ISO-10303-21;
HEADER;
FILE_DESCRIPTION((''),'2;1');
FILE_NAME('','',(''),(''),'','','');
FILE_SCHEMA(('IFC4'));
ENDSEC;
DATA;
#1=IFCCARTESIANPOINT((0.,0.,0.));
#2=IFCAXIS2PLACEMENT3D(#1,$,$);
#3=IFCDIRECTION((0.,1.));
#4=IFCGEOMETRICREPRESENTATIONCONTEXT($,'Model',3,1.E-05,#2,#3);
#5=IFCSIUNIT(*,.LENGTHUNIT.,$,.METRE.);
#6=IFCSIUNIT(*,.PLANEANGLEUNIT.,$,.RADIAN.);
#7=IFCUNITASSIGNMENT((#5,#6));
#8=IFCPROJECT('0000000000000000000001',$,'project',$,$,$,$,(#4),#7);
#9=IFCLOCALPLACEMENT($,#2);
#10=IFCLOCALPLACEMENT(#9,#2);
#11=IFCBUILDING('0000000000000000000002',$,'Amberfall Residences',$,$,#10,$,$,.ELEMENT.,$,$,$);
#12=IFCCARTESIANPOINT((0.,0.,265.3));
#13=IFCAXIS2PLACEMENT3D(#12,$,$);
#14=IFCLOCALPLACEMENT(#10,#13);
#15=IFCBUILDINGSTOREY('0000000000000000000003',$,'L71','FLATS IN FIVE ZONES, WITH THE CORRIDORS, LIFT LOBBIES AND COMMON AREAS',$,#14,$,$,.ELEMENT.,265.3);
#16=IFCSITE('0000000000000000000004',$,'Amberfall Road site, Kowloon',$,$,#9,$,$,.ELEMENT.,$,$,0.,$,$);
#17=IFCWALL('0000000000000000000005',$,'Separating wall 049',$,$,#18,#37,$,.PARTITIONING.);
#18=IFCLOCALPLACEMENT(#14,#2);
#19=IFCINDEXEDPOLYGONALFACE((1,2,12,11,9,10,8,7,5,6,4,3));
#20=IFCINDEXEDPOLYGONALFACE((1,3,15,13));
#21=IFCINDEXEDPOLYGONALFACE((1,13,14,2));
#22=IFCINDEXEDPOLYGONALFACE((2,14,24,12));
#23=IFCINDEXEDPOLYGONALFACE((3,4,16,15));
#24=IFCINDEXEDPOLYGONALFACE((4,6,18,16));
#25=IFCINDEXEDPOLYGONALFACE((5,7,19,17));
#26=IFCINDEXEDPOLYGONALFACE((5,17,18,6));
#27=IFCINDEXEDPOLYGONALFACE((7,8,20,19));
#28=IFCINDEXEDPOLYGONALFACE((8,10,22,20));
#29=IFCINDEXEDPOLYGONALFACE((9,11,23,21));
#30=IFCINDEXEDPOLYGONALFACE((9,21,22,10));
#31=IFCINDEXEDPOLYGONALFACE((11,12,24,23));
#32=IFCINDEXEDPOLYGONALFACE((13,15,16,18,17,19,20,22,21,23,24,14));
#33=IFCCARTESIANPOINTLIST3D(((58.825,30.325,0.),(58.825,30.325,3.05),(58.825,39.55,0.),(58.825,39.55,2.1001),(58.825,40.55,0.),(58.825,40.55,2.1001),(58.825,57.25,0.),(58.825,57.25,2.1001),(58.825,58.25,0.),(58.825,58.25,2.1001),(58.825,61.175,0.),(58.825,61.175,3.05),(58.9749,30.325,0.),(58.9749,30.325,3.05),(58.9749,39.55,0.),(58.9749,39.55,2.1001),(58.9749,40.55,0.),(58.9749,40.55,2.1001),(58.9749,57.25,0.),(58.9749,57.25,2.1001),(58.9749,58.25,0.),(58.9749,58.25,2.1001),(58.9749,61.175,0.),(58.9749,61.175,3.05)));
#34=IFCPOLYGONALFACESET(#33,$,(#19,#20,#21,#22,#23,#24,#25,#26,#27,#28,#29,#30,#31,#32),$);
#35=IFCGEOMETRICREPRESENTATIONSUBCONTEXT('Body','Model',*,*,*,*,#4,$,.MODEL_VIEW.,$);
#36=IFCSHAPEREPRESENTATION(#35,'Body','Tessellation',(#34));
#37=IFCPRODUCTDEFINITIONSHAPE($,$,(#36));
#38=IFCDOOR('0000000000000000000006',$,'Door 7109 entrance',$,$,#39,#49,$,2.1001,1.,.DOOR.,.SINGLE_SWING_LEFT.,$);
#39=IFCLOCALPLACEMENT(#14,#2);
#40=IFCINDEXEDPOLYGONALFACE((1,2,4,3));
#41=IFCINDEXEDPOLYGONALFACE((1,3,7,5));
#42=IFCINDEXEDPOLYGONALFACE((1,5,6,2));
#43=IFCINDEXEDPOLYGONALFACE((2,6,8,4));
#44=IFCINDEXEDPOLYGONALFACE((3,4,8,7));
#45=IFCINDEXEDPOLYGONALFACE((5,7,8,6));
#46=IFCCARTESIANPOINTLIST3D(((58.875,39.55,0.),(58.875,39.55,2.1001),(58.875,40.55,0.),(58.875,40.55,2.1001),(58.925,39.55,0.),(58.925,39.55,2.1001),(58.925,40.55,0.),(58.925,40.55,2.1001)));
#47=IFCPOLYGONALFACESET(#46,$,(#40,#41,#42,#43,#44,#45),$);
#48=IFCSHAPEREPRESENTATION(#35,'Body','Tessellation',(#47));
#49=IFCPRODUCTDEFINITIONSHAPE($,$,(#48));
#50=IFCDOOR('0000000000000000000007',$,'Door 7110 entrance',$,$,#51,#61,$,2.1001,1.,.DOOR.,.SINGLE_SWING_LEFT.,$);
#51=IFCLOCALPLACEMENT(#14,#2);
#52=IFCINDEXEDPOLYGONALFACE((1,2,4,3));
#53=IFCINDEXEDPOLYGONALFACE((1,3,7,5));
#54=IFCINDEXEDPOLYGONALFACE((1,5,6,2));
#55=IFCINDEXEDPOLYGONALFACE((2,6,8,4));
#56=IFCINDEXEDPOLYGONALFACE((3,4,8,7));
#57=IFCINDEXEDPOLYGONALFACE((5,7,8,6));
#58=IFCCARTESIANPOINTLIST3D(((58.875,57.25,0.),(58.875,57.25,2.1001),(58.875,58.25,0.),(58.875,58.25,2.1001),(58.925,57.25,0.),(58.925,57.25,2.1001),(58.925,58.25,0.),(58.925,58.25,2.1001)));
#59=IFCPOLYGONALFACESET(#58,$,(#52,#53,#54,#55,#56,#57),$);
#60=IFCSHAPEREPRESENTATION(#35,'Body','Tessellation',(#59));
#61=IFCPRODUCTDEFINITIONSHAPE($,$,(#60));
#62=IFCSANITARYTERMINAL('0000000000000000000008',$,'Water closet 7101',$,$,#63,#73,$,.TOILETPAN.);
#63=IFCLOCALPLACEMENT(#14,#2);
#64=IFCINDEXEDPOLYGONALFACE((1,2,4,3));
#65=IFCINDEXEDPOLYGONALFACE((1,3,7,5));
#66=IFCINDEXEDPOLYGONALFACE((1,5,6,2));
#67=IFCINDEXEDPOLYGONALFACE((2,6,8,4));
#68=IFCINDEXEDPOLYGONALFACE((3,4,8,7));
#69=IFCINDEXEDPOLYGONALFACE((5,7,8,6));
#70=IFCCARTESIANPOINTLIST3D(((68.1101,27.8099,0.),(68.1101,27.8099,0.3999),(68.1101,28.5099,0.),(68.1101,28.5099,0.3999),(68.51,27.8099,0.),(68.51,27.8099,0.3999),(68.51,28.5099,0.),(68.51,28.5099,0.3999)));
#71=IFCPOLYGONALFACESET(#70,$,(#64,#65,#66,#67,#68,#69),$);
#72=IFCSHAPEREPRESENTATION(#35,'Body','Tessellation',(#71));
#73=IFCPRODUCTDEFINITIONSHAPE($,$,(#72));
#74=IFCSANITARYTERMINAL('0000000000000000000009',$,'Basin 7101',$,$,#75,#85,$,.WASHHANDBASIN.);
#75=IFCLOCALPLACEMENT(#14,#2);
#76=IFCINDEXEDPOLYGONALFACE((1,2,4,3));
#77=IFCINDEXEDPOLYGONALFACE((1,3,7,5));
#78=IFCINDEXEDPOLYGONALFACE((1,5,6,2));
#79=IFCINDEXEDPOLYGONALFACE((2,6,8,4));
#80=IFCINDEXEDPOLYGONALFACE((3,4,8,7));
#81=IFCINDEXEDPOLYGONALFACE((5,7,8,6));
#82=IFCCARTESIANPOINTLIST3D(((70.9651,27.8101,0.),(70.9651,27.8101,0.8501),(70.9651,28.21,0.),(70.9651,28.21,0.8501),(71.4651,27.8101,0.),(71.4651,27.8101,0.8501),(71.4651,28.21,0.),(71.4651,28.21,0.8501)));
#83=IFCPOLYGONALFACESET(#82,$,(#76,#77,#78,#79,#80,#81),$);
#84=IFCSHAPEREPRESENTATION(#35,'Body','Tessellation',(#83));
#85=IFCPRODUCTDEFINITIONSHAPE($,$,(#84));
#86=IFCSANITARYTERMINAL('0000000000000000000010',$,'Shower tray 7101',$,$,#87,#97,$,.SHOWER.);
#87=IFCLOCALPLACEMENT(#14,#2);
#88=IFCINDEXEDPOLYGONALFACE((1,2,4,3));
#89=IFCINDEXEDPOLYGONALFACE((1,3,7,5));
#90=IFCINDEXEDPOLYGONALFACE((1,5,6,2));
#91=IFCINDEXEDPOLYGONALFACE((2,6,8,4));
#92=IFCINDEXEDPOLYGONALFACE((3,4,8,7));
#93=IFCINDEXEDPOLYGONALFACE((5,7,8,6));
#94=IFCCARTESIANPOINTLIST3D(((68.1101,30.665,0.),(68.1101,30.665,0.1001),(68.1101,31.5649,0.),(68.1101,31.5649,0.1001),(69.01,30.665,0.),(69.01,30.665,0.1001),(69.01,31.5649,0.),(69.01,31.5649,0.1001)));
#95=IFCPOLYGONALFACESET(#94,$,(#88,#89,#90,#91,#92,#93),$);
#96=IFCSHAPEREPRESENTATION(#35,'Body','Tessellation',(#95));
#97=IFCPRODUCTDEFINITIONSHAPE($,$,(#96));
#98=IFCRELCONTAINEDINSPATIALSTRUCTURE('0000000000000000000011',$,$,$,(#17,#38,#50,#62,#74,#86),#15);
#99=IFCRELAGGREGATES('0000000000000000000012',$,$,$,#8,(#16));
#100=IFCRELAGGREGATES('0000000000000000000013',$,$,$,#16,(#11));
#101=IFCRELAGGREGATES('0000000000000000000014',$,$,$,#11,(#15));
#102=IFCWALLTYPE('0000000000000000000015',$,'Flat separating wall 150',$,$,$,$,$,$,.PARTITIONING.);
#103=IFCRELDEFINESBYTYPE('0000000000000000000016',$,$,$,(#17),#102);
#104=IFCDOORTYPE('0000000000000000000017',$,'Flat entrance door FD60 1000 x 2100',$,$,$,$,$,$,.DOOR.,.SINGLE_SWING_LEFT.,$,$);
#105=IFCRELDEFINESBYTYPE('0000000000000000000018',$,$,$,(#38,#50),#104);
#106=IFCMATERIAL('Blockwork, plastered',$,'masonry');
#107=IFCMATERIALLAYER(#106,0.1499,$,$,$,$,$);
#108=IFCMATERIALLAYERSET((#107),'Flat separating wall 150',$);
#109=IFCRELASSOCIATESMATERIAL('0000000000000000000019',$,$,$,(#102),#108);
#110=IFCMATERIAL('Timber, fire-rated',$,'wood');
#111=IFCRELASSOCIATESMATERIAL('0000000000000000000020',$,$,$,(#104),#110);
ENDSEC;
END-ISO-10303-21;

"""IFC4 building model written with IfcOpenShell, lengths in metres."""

from ifc_helpers import new_model, si_unit, direction, frame, frame_2d, origin, origin_2d, place, context, subcontext, project, spatial, rectangle, extrude, material, layer, layer_set, type_object, element, fill, save


model = new_model("IFC4")

# Units and contexts
model_context = context("Model", 3, precision=1e-05, world=origin(), true_north=direction((0.0, 1.0)))
body_context = subcontext(model_context, "Body", "Model", "MODEL_VIEW")
ifc_project = project(units=[si_unit("LENGTHUNIT", "METRE"), si_unit("PLANEANGLEUNIT", "RADIAN")], contexts=[model_context])

# Site, building, storey
site_placement = place(None, origin())
site = spatial("IfcSite", under=ifc_project, at=site_placement, Name="Amberfall Road site, Kowloon", CompositionType="ELEMENT", RefElevation=0.0)
building_placement = place(site_placement, origin())
building = spatial("IfcBuilding", under=site, at=building_placement, Name="Amberfall Residences", CompositionType="ELEMENT")
storey_placement = place(building_placement, frame((0.0, 0.0, 265.3)))
storey = spatial("IfcBuildingStorey", under=building, at=storey_placement, Name="L71", Description="FLATS IN FIVE ZONES, WITH THE CORRIDORS, LIFT LOBBIES AND COMMON AREAS", CompositionType="ELEMENT", Elevation=265.3)

# Wall, openings, doors
ifc_material_1 = material(Name="Blockwork, plastered", Category="masonry")
ifc_layer_1 = layer(ifc_material_1, 0.1499)
ifc_layer_set_1 = layer_set([ifc_layer_1], Name="Flat separating wall 150")
wall_type_1 = type_object("IfcWallType", Name="Flat separating wall 150", PredefinedType="PARTITIONING", material=ifc_layer_set_1)
wall_1_placement = place(storey_placement, frame((58.8999, 30.325, 0.0), z_axis=(0.0, 0.0, 1.0), x_axis=(0.0, 1.0, 0.0)))
wall_1 = element("IfcWall", 1, at=wall_1_placement, inside=storey, type_object=wall_type_1, Name="Separating wall 049", PredefinedType="PARTITIONING", context=body_context, shape_type="SweptSolid", body=[
    extrude(rectangle(XDim=30.8501, YDim=0.1499, at=frame_2d((15.425, 0.0))), origin(), (0.0, 0.0, 1.0), 3.05),
])
opening_1_placement = place(wall_1_placement, frame((9.2251, 0.0, 0.0)))
opening_1 = element("IfcOpeningElement", 2, at=opening_1_placement, cuts=wall_1, PredefinedType="OPENING", context=body_context, shape_type="SweptSolid", body=[
    extrude(rectangle(XDim=1.0, YDim=2.1001, at=frame_2d((0.5, 1.05))), frame((0.0, 0.085, 0.0), z_axis=(0.0, -1.0, 0.0), x_axis=(1.0, 0.0, 0.0)), (0.0, 0.0, 1.0), 0.1699),
])
opening_2_placement = place(wall_1_placement, frame((26.925, 0.0, 0.0)))
opening_2 = element("IfcOpeningElement", 3, at=opening_2_placement, cuts=wall_1, PredefinedType="OPENING", context=body_context, shape_type="SweptSolid", body=[
    extrude(rectangle(XDim=1.0, YDim=2.1001, at=frame_2d((0.5, 1.05))), frame((0.0, 0.085, 0.0), z_axis=(0.0, -1.0, 0.0), x_axis=(1.0, 0.0, 0.0)), (0.0, 0.0, 1.0), 0.1699),
])
ifc_material_2 = material(Name="Timber, fire-rated", Category="wood")
door_type_1 = type_object("IfcDoorType", Name="Flat entrance door FD60 1000 x 2100", OperationType="SINGLE_SWING_LEFT", PredefinedType="DOOR", material=ifc_material_2)
door_1_placement = place(opening_1_placement, origin())
door_1 = element("IfcDoor", 4, at=door_1_placement, inside=storey, type_object=door_type_1, Name="Door 7109 entrance", OperationType="SINGLE_SWING_LEFT", OverallHeight=2.1001, OverallWidth=1.0, PredefinedType="DOOR", context=body_context, shape_type="SweptSolid", body=[
    extrude(rectangle(XDim=1.0, YDim=2.1001, at=frame_2d((0.5, 1.05))), frame((0.0, 0.0249, 0.0), z_axis=(0.0, -1.0, 0.0), x_axis=(1.0, 0.0, 0.0)), (0.0, 0.0, 1.0), 0.05),
])
fill(opening_1, door_1)
door_2_placement = place(opening_2_placement, origin())
door_2 = element("IfcDoor", 5, at=door_2_placement, inside=storey, type_object=door_type_1, Name="Door 7110 entrance", OperationType="SINGLE_SWING_LEFT", OverallHeight=2.1001, OverallWidth=1.0, PredefinedType="DOOR", context=body_context, shape_type="SweptSolid", body=[
    extrude(rectangle(XDim=1.0, YDim=2.1001, at=frame_2d((0.5, 1.05))), frame((0.0, 0.0249, 0.0), z_axis=(0.0, -1.0, 0.0), x_axis=(1.0, 0.0, 0.0)), (0.0, 0.0, 1.0), 0.05),
])
fill(opening_2, door_2)

# Sanitary terminals
sanitary_terminal_1_placement = place(storey_placement, frame((68.3101, 28.1599, 0.0), z_axis=(0.0, 0.0, 1.0), x_axis=(1.0, 0.0, 0.0)))
element("IfcSanitaryTerminal", 6, at=sanitary_terminal_1_placement, inside=storey, Name="Water closet 7101", PredefinedType="TOILETPAN", context=body_context, shape_type="SweptSolid", body=[
    extrude(rectangle(XDim=0.3999, YDim=0.7, at=origin_2d()), origin(), (0.0, 0.0, 1.0), 0.3999),
])
sanitary_terminal_2_placement = place(storey_placement, frame((71.2151, 28.01, 0.0), z_axis=(0.0, 0.0, 1.0), x_axis=(1.0, 0.0, 0.0)))
element("IfcSanitaryTerminal", 7, at=sanitary_terminal_2_placement, inside=storey, Name="Basin 7101", PredefinedType="WASHHANDBASIN", context=body_context, shape_type="SweptSolid", body=[
    extrude(rectangle(XDim=0.5, YDim=0.3999, at=origin_2d()), origin(), (0.0, 0.0, 1.0), 0.8501),
])
sanitary_terminal_3_placement = place(storey_placement, frame((68.5601, 31.115, 0.0), z_axis=(0.0, 0.0, 1.0), x_axis=(1.0, 0.0, 0.0)))
element("IfcSanitaryTerminal", 8, at=sanitary_terminal_3_placement, inside=storey, Name="Shower tray 7101", PredefinedType="SHOWER", context=body_context, shape_type="SweptSolid", body=[
    extrude(rectangle(XDim=0.8999, YDim=0.8999, at=origin_2d()), origin(), (0.0, 0.0, 1.0), 0.1001),
])

save(model, "model.ifc")
